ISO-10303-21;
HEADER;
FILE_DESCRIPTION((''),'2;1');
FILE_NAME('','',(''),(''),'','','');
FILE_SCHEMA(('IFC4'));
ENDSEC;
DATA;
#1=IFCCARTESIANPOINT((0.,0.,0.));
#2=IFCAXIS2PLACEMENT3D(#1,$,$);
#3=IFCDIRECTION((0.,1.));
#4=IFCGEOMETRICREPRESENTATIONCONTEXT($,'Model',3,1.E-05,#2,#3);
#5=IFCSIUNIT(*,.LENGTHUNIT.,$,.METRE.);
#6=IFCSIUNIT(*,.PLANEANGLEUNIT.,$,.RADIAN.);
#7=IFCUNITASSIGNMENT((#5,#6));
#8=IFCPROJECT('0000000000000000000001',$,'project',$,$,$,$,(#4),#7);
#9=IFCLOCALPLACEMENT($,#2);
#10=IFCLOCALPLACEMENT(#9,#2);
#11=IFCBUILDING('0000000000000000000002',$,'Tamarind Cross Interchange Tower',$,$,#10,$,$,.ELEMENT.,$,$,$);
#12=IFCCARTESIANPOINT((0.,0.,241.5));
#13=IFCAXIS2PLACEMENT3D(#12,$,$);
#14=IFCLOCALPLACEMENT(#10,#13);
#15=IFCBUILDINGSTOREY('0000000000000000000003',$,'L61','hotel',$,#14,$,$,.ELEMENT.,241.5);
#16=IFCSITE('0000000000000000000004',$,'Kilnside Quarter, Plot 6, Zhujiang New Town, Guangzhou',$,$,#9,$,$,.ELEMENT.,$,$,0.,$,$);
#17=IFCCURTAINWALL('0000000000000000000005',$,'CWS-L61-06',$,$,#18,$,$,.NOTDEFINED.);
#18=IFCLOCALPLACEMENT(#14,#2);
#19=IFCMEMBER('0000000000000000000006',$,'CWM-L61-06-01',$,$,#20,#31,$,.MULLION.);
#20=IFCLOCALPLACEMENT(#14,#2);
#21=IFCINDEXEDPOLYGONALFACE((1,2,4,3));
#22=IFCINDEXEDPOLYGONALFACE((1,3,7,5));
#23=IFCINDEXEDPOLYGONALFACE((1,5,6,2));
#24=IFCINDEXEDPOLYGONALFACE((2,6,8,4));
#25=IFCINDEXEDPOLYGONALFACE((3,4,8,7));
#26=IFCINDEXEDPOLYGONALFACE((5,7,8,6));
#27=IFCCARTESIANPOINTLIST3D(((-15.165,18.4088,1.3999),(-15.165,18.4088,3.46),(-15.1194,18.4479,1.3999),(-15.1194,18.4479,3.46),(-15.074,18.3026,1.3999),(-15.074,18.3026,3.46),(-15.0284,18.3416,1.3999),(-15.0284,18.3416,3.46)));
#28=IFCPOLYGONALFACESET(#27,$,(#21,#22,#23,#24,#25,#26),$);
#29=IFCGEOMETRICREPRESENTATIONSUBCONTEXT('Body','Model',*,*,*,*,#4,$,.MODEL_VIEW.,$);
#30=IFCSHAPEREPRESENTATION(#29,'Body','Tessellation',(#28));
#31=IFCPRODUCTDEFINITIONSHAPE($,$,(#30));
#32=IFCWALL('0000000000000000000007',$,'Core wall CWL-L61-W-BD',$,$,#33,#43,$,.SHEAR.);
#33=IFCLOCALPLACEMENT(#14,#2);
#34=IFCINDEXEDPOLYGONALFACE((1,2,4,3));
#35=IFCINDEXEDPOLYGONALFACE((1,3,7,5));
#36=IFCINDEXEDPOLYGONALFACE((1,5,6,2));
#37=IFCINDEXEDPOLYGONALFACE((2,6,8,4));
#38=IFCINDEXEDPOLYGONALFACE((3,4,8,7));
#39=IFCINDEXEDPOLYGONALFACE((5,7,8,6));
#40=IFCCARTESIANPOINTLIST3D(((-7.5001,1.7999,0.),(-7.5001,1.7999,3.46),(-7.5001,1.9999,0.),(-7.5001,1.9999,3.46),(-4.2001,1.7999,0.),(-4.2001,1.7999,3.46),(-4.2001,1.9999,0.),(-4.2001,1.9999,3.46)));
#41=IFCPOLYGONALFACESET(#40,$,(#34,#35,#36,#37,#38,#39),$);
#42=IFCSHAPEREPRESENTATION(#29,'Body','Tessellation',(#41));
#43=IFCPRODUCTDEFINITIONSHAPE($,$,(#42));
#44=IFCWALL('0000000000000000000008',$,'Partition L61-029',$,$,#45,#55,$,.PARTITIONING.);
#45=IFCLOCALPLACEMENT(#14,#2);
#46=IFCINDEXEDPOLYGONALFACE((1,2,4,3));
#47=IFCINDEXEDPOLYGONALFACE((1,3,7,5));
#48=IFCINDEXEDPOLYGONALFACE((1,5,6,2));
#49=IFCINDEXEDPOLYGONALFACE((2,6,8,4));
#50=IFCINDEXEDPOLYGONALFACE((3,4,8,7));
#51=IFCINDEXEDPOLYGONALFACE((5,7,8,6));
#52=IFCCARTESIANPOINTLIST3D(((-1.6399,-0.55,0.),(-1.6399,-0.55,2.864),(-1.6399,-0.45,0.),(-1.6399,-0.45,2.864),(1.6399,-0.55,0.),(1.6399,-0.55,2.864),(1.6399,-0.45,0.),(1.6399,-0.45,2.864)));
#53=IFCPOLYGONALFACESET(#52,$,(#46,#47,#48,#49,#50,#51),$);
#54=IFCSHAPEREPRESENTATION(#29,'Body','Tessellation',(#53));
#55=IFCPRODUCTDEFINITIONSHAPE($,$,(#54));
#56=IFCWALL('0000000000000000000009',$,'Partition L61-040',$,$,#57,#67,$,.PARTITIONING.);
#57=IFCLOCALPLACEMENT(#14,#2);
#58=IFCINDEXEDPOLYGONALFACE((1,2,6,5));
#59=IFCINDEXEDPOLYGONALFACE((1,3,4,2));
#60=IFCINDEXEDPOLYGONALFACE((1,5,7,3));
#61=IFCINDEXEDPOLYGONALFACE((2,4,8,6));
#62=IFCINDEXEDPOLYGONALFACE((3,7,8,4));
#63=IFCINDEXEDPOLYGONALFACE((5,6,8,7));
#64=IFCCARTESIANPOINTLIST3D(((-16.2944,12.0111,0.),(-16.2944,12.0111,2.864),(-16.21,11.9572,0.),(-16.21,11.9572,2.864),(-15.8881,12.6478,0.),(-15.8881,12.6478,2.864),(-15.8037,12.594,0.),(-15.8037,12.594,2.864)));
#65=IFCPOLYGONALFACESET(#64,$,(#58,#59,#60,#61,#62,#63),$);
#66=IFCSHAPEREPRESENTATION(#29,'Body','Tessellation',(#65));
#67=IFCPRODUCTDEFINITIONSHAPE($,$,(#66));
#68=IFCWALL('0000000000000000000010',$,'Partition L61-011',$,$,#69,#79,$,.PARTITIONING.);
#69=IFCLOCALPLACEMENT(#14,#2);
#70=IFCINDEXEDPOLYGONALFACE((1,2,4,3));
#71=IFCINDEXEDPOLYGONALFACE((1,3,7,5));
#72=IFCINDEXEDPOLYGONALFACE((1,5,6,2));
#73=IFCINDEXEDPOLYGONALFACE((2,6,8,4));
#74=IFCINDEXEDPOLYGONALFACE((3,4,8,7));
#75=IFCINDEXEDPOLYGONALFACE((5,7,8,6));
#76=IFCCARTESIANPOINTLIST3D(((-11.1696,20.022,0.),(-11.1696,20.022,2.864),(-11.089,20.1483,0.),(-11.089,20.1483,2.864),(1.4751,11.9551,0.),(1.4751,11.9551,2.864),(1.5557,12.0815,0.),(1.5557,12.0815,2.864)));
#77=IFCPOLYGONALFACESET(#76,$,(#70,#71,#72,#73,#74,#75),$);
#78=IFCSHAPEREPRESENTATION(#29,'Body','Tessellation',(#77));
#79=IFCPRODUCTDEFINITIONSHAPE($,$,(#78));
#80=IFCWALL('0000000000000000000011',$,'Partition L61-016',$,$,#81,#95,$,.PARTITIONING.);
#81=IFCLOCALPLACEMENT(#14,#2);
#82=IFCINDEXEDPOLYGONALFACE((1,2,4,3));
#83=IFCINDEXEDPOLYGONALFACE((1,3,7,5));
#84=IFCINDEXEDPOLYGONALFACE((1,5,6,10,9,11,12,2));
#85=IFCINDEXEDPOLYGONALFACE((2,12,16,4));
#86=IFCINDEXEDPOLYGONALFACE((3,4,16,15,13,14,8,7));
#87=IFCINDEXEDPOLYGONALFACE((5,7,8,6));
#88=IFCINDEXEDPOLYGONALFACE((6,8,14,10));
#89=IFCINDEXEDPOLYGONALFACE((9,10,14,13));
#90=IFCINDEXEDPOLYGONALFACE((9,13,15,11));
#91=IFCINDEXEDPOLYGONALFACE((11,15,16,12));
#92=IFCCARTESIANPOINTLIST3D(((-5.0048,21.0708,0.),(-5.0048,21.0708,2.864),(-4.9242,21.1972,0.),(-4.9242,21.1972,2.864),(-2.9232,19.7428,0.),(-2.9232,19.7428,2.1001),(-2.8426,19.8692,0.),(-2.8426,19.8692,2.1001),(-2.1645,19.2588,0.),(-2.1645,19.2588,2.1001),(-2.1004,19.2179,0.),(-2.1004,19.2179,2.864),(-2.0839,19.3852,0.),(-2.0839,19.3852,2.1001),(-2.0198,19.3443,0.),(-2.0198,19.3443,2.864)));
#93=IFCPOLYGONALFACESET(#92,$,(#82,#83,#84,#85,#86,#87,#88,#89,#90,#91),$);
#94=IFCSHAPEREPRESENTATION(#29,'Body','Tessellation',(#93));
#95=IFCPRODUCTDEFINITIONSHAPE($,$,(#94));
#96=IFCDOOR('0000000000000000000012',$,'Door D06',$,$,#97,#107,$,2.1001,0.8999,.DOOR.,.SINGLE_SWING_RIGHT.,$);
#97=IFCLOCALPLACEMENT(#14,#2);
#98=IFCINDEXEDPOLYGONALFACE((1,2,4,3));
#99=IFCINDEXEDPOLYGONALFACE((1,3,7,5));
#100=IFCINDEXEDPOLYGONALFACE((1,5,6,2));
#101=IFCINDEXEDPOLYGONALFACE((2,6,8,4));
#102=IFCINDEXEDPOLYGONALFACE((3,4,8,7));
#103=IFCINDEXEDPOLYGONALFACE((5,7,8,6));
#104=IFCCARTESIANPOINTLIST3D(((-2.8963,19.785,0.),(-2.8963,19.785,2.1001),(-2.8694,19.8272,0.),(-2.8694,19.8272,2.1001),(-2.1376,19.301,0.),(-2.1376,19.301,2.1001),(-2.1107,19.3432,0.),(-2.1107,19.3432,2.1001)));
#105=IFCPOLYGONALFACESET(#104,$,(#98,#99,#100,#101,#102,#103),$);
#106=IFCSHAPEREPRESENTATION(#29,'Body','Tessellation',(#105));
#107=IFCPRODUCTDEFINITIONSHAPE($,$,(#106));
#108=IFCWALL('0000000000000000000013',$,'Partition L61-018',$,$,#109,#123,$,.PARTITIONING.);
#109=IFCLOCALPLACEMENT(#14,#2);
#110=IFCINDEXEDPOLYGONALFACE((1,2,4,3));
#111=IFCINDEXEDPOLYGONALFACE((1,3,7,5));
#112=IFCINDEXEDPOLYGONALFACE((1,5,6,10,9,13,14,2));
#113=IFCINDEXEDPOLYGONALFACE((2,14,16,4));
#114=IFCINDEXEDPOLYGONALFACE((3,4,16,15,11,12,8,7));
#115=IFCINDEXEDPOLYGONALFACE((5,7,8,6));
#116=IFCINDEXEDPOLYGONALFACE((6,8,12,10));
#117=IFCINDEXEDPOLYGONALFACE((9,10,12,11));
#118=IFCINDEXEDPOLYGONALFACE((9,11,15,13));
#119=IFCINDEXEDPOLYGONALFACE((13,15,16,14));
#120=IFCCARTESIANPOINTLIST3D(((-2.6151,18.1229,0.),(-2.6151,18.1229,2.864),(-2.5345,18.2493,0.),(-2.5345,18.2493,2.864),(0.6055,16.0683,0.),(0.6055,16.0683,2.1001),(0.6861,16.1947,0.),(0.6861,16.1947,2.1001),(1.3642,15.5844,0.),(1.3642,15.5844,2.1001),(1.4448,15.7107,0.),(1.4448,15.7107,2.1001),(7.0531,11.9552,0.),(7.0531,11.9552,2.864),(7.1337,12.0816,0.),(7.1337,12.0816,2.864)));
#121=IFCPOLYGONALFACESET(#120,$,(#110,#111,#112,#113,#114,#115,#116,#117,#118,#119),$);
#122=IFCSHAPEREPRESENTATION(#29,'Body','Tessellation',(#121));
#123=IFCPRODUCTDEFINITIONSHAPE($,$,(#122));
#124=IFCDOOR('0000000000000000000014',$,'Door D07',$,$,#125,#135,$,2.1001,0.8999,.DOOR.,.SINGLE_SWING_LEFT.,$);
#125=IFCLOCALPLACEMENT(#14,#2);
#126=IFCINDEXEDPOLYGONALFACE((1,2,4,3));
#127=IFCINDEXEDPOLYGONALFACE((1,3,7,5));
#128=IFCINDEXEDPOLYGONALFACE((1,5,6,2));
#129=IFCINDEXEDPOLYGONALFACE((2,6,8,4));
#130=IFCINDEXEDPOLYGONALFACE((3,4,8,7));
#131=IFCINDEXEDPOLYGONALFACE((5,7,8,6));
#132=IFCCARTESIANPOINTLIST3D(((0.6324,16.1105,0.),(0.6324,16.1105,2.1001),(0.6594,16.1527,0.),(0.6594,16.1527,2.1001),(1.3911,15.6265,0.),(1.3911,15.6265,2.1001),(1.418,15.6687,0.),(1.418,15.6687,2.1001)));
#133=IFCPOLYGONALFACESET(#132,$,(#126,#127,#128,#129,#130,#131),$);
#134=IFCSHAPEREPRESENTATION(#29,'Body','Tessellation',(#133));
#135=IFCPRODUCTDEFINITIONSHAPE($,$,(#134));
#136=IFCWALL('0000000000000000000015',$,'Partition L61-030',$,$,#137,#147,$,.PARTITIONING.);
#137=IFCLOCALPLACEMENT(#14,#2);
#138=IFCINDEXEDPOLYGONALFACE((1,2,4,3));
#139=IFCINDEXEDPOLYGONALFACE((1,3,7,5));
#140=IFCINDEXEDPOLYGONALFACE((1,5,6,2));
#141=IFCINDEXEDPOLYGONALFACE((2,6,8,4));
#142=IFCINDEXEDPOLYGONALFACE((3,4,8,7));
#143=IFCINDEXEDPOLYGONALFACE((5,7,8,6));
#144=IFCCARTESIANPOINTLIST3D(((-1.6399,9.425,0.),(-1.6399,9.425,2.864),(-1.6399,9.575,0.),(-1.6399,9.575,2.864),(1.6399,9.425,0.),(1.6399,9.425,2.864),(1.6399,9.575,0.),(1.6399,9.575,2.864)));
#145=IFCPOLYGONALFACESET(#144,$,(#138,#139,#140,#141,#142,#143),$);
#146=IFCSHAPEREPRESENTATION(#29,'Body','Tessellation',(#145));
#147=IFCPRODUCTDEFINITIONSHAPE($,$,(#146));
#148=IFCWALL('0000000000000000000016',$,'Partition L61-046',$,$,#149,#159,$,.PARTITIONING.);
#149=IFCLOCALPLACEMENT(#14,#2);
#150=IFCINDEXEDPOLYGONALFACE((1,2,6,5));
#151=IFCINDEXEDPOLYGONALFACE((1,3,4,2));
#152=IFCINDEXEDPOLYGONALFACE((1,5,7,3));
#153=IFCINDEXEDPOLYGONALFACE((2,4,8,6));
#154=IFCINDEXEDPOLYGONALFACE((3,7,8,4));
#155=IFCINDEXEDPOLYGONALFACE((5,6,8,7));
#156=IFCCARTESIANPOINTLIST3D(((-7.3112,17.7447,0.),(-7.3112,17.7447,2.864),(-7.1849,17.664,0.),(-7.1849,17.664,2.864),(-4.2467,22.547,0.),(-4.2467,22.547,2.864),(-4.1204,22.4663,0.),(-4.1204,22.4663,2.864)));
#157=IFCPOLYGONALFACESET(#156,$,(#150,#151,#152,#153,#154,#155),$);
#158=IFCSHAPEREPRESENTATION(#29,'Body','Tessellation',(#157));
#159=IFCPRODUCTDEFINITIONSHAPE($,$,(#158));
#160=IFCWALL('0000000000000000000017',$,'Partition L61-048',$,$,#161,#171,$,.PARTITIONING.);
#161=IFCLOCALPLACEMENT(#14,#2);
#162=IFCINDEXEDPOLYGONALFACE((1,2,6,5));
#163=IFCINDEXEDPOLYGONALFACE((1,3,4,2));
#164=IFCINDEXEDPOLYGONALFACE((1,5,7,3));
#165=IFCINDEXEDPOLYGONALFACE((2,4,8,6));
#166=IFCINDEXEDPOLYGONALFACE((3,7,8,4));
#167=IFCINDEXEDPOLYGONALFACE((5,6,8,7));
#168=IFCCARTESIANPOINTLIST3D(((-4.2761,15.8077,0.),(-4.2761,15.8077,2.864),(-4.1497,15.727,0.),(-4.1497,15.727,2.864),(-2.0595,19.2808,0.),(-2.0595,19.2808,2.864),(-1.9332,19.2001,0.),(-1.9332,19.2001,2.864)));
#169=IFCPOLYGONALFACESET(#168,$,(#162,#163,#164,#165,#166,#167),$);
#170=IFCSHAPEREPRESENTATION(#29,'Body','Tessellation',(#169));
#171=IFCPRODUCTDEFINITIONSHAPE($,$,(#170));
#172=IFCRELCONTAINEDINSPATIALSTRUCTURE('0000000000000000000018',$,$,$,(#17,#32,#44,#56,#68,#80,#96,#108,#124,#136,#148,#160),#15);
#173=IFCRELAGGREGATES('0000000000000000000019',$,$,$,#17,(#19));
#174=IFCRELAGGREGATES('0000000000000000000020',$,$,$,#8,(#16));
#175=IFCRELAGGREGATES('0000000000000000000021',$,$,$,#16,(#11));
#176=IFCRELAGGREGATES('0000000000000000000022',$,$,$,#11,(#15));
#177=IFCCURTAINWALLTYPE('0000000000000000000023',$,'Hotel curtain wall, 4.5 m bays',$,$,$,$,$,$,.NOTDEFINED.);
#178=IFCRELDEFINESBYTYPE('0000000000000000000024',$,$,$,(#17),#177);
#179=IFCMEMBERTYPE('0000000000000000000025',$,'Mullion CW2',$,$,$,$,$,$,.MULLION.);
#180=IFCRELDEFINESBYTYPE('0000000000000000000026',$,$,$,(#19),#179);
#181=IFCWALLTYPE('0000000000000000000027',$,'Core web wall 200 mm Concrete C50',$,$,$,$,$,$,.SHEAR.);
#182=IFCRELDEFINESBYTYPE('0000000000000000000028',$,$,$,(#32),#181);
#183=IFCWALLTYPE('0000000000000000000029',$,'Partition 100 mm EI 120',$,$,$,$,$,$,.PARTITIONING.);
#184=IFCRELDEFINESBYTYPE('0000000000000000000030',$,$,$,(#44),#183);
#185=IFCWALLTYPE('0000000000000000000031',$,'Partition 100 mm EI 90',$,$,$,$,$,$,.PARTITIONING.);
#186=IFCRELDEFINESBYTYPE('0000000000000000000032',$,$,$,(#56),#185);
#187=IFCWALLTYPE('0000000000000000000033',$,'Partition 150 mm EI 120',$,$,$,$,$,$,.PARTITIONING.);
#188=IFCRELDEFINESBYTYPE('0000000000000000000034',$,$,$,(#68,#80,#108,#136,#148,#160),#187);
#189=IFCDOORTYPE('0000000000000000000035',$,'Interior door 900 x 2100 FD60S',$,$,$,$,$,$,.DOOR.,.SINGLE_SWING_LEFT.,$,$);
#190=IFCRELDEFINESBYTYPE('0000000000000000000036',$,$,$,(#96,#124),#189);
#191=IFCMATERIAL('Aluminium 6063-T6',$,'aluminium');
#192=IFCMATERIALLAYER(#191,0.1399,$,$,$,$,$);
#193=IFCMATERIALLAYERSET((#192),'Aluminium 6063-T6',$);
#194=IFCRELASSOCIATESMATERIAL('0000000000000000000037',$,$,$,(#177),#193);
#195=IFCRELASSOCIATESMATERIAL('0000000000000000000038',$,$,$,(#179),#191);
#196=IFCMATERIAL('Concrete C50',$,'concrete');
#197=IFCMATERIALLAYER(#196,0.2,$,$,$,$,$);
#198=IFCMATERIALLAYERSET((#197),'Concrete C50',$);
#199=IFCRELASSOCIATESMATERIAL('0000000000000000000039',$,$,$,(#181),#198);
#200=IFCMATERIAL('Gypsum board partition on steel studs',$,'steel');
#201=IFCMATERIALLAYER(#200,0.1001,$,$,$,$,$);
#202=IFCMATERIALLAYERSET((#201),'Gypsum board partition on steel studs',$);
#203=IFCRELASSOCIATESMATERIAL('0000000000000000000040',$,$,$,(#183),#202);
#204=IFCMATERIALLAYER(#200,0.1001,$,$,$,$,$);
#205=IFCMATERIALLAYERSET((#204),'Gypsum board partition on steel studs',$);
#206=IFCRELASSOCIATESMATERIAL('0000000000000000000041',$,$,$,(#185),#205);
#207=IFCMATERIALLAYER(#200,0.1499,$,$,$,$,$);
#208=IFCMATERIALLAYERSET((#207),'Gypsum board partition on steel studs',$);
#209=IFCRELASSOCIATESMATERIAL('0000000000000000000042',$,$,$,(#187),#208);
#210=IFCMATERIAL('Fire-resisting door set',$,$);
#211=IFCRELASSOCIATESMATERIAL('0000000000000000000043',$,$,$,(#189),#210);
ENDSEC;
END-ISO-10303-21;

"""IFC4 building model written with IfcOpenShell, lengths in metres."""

from ifc_helpers import new_model, si_unit, direction, frame, frame_2d, origin, origin_2d, place, context, subcontext, project, spatial, rectangle, extrude, material, layer, layer_set, material_profile, profile_set, type_object, element, fill, aggregate, save


model = new_model("IFC4")

# Units and contexts
model_context = context("Model", 3, precision=1e-05, world=origin(), true_north=direction((0.0, 1.0)))
body_context = subcontext(model_context, "Body", "Model", "MODEL_VIEW")
ifc_project = project(units=[si_unit("LENGTHUNIT", "METRE"), si_unit("PLANEANGLEUNIT", "RADIAN")], contexts=[model_context])

# Site, building, storey
site_placement = place(None, origin())
site = spatial("IfcSite", under=ifc_project, at=site_placement, Name="Kilnside Quarter, Plot 6, Zhujiang New Town, Guangzhou", CompositionType="ELEMENT", RefElevation=0.0)
building_placement = place(site_placement, origin())
building = spatial("IfcBuilding", under=site, at=building_placement, Name="Tamarind Cross Interchange Tower", CompositionType="ELEMENT")
storey_placement = place(building_placement, frame((0.0, 0.0, 241.5)))
storey = spatial("IfcBuildingStorey", under=building, at=storey_placement, Name="L61", Description="hotel", CompositionType="ELEMENT", Elevation=241.5)

# Shared definitions
ifc_material_1 = material(Name="Concrete C50", Category="concrete")

# Curtain wall, member
ifc_material_2 = material(Name="Aluminium 6063-T6", Category="aluminium")
ifc_layer_1 = layer(ifc_material_2, 0.1399)
ifc_layer_set_1 = layer_set([ifc_layer_1], Name="Aluminium 6063-T6")
curtain_wall_type = type_object("IfcCurtainWallType", Name="Hotel curtain wall, 4.5 m bays", PredefinedType="NOTDEFINED", material=ifc_layer_set_1)
curtain_wall_placement = place(storey_placement, origin())
curtain_wall = element("IfcCurtainWall", 1, at=curtain_wall_placement, inside=storey, type_object=curtain_wall_type, Name="CWS-L61-06", PredefinedType="NOTDEFINED")
ifc_material_profile_1 = material_profile(ifc_material_2, rectangle(XDim=0.0601, YDim=0.1399, at=origin_2d()), Name="Mullion CW2")
ifc_profile_set_1 = profile_set([ifc_material_profile_1], Name="Aluminium 6063-T6")
member_type = type_object("IfcMemberType", Name="Mullion CW2", PredefinedType="MULLION", material=ifc_profile_set_1)
member_placement = place(storey_placement, frame((-15.0967, 18.3752, 1.3999), z_axis=(0.0, 0.0, 1.0), x_axis=(-0.759566, -0.65043, 0.0)))
member = element("IfcMember", 2, at=member_placement, type_object=member_type, Name="CWM-L61-06-01", PredefinedType="MULLION", context=body_context, shape_type="SweptSolid", body=[
    extrude(rectangle(XDim=0.0601, YDim=0.1399, at=origin_2d()), origin(), (0.0, 0.0, 1.0), 2.0601),
])
aggregate(curtain_wall, [member])

# Walls
ifc_layer_2 = layer(ifc_material_1, 0.2)
ifc_layer_set_2 = layer_set([ifc_layer_2], Name="Concrete C50")
wall_type_1 = type_object("IfcWallType", Name="Core web wall 200 mm Concrete C50", PredefinedType="SHEAR", material=ifc_layer_set_2)
wall_1_placement = place(storey_placement, frame((-7.5, 1.8999, 0.0), z_axis=(0.0, 0.0, 1.0), x_axis=(1.0, 0.0, 0.0)))
element("IfcWall", 3, at=wall_1_placement, inside=storey, type_object=wall_type_1, Name="Core wall CWL-L61-W-BD", PredefinedType="SHEAR", context=body_context, shape_type="SweptSolid", body=[
    extrude(rectangle(XDim=3.3, YDim=0.2, at=frame_2d((1.6499, 0.0))), origin(), (0.0, 0.0, 1.0), 3.46),
])
ifc_material_3 = material(Name="Gypsum board partition on steel studs", Category="steel")
ifc_layer_3 = layer(ifc_material_3, 0.1001)
ifc_layer_set_3 = layer_set([ifc_layer_3], Name="Gypsum board partition on steel studs")
wall_type_2 = type_object("IfcWallType", Name="Partition 100 mm EI 120", PredefinedType="PARTITIONING", material=ifc_layer_set_3)
wall_2_placement = place(storey_placement, frame((-1.6399, -0.5, 0.0), z_axis=(0.0, 0.0, 1.0), x_axis=(1.0, 0.0, 0.0)))
element("IfcWall", 4, at=wall_2_placement, inside=storey, type_object=wall_type_2, Name="Partition L61-029", PredefinedType="PARTITIONING", context=body_context, shape_type="SweptSolid", body=[
    extrude(rectangle(XDim=3.2798, YDim=0.1001, at=frame_2d((1.6399, 0.0))), origin(), (0.0, 0.0, 1.0), 2.864),
])
ifc_layer_4 = layer(ifc_material_3, 0.1001)
ifc_layer_set_4 = layer_set([ifc_layer_4], Name="Gypsum board partition on steel studs")
wall_type_3 = type_object("IfcWallType", Name="Partition 100 mm EI 90", PredefinedType="PARTITIONING", material=ifc_layer_set_4)
wall_3_placement = place(storey_placement, frame((-16.2522, 11.9841, 0.0), z_axis=(0.0, 0.0, 1.0), x_axis=(0.537879, 0.843022, 0.0)))
element("IfcWall", 5, at=wall_3_placement, inside=storey, type_object=wall_type_3, Name="Partition L61-040", PredefinedType="PARTITIONING", context=body_context, shape_type="SweptSolid", body=[
    extrude(rectangle(XDim=0.7554, YDim=0.1001, at=frame_2d((0.3777, 0.0))), origin(), (0.0, 0.0, 1.0), 2.864),
])
ifc_layer_5 = layer(ifc_material_3, 0.1499)
ifc_layer_set_5 = layer_set([ifc_layer_5], Name="Gypsum board partition on steel studs")
wall_type_4 = type_object("IfcWallType", Name="Partition 150 mm EI 120", PredefinedType="PARTITIONING", material=ifc_layer_set_5)
wall_4_placement = place(storey_placement, frame((-11.1294, 20.0852, 0.0), z_axis=(0.0, 0.0, 1.0), x_axis=(0.84305, -0.537835, 0.0)))
element("IfcWall", 6, at=wall_4_placement, inside=storey, type_object=wall_type_4, Name="Partition L61-011", PredefinedType="PARTITIONING", context=body_context, shape_type="SweptSolid", body=[
    extrude(rectangle(XDim=14.9988, YDim=0.1499, at=frame_2d((7.4995, 0.0))), origin(), (0.0, 0.0, 1.0), 2.864),
])

# Walls, openings, doors
wall_5_placement = place(storey_placement, frame((-4.9646, 21.134, 0.0), z_axis=(0.0, 0.0, 1.0), x_axis=(0.843057, -0.537824, 0.0)))
wall_5 = element("IfcWall", 7, at=wall_5_placement, inside=storey, type_object=wall_type_4, Name="Partition L61-016", PredefinedType="PARTITIONING", context=body_context, shape_type="SweptSolid", body=[
    extrude(rectangle(XDim=3.4451, YDim=0.1499, at=frame_2d((1.7227, 0.0))), origin(), (0.0, 0.0, 1.0), 2.864),
])
opening_1_placement = place(wall_5_placement, frame((2.4692, 0.0, 0.0)))
opening_1 = element("IfcOpeningElement", 8, at=opening_1_placement, cuts=wall_5, PredefinedType="OPENING", context=body_context, shape_type="SweptSolid", body=[
    extrude(rectangle(XDim=0.8999, YDim=2.1001, at=frame_2d((0.45, 1.05))), frame((0.0, 0.085, 0.0), z_axis=(0.0, -1.0, 0.0), x_axis=(1.0, 0.0, 0.0)), (0.0, 0.0, 1.0), 0.1699),
])
ifc_material_4 = material(Name="Fire-resisting door set")
door_type_1 = type_object("IfcDoorType", Name="Interior door 900 x 2100 FD60S", OperationType="SINGLE_SWING_LEFT", PredefinedType="DOOR", material=ifc_material_4)
door_1_placement = place(opening_1_placement, frame((0.8999, 0.0, 0.0), z_axis=(0.0, 0.0, 1.0), x_axis=(-1.0, 0.0, 0.0)))
door_1 = element("IfcDoor", 9, at=door_1_placement, inside=storey, type_object=door_type_1, Name="Door D06", OperationType="SINGLE_SWING_RIGHT", OverallHeight=2.1001, OverallWidth=0.8999, PredefinedType="DOOR", context=body_context, shape_type="SweptSolid", body=[
    extrude(rectangle(XDim=0.8999, YDim=2.1001, at=frame_2d((0.45, 1.05))), frame((0.0, 0.0249, 0.0), z_axis=(0.0, -1.0, 0.0), x_axis=(1.0, 0.0, 0.0)), (0.0, 0.0, 1.0), 0.05),
])
fill(opening_1, door_1)
wall_6_placement = place(storey_placement, frame((-2.5747, 18.186, 0.0), z_axis=(0.0, 0.0, 1.0), x_axis=(0.84306, -0.53782, 0.0)))
wall_6 = element("IfcWall", 10, at=wall_6_placement, inside=storey, type_object=wall_type_4, Name="Partition L61-018", PredefinedType="PARTITIONING", context=body_context, shape_type="SweptSolid", body=[
    extrude(rectangle(XDim=11.468, YDim=0.1499, at=frame_2d((5.7339, 0.0))), origin(), (0.0, 0.0, 1.0), 2.864),
])
opening_2_placement = place(wall_6_placement, frame((3.8201, 0.0, 0.0)))
opening_2 = element("IfcOpeningElement", 11, at=opening_2_placement, cuts=wall_6, PredefinedType="OPENING", context=body_context, shape_type="SweptSolid", body=[
    extrude(rectangle(XDim=0.8999, YDim=2.1001, at=frame_2d((0.45, 1.05))), frame((0.0, 0.085, 0.0), z_axis=(0.0, -1.0, 0.0), x_axis=(1.0, 0.0, 0.0)), (0.0, 0.0, 1.0), 0.1699),
])
door_2_placement = place(opening_2_placement, frame((0.8999, 0.0, 0.0), z_axis=(0.0, 0.0, 1.0), x_axis=(-1.0, 0.0, 0.0)))
door_2 = element("IfcDoor", 12, at=door_2_placement, inside=storey, type_object=door_type_1, Name="Door D07", OperationType="SINGLE_SWING_LEFT", OverallHeight=2.1001, OverallWidth=0.8999, PredefinedType="DOOR", context=body_context, shape_type="SweptSolid", body=[
    extrude(rectangle(XDim=0.8999, YDim=2.1001, at=frame_2d((0.45, 1.05))), frame((0.0, 0.0249, 0.0), z_axis=(0.0, -1.0, 0.0), x_axis=(1.0, 0.0, 0.0)), (0.0, 0.0, 1.0), 0.05),
])
fill(opening_2, door_2)

# Walls
wall_7_placement = place(storey_placement, frame((-1.6399, 9.5, 0.0), z_axis=(0.0, 0.0, 1.0), x_axis=(1.0, 0.0, 0.0)))
element("IfcWall", 13, at=wall_7_placement, inside=storey, type_object=wall_type_4, Name="Partition L61-030", PredefinedType="PARTITIONING", context=body_context, shape_type="SweptSolid", body=[
    extrude(rectangle(XDim=3.2798, YDim=0.1499, at=frame_2d((1.6399, 0.0))), origin(), (0.0, 0.0, 1.0), 2.864),
])
wall_8_placement = place(storey_placement, frame((-7.248, 17.7043, 0.0), z_axis=(0.0, 0.0, 1.0), x_axis=(0.537934, 0.842987, 0.0)))
element("IfcWall", 14, at=wall_8_placement, inside=storey, type_object=wall_type_4, Name="Partition L61-046", PredefinedType="PARTITIONING", context=body_context, shape_type="SweptSolid", body=[
    extrude(rectangle(XDim=5.6968, YDim=0.1499, at=frame_2d((2.8484, 0.0))), origin(), (0.0, 0.0, 1.0), 2.864),
])
wall_9_placement = place(storey_placement, frame((-4.2129, 15.7673, 0.0), z_axis=(0.0, 0.0, 1.0), x_axis=(0.537975, 0.842961, 0.0)))
element("IfcWall", 15, at=wall_9_placement, inside=storey, type_object=wall_type_4, Name="Partition L61-048", PredefinedType="PARTITIONING", context=body_context, shape_type="SweptSolid", body=[
    extrude(rectangle(XDim=4.1201, YDim=0.1499, at=frame_2d((2.0601, 0.0))), origin(), (0.0, 0.0, 1.0), 2.864),
])

save(model, "model.ifc")
